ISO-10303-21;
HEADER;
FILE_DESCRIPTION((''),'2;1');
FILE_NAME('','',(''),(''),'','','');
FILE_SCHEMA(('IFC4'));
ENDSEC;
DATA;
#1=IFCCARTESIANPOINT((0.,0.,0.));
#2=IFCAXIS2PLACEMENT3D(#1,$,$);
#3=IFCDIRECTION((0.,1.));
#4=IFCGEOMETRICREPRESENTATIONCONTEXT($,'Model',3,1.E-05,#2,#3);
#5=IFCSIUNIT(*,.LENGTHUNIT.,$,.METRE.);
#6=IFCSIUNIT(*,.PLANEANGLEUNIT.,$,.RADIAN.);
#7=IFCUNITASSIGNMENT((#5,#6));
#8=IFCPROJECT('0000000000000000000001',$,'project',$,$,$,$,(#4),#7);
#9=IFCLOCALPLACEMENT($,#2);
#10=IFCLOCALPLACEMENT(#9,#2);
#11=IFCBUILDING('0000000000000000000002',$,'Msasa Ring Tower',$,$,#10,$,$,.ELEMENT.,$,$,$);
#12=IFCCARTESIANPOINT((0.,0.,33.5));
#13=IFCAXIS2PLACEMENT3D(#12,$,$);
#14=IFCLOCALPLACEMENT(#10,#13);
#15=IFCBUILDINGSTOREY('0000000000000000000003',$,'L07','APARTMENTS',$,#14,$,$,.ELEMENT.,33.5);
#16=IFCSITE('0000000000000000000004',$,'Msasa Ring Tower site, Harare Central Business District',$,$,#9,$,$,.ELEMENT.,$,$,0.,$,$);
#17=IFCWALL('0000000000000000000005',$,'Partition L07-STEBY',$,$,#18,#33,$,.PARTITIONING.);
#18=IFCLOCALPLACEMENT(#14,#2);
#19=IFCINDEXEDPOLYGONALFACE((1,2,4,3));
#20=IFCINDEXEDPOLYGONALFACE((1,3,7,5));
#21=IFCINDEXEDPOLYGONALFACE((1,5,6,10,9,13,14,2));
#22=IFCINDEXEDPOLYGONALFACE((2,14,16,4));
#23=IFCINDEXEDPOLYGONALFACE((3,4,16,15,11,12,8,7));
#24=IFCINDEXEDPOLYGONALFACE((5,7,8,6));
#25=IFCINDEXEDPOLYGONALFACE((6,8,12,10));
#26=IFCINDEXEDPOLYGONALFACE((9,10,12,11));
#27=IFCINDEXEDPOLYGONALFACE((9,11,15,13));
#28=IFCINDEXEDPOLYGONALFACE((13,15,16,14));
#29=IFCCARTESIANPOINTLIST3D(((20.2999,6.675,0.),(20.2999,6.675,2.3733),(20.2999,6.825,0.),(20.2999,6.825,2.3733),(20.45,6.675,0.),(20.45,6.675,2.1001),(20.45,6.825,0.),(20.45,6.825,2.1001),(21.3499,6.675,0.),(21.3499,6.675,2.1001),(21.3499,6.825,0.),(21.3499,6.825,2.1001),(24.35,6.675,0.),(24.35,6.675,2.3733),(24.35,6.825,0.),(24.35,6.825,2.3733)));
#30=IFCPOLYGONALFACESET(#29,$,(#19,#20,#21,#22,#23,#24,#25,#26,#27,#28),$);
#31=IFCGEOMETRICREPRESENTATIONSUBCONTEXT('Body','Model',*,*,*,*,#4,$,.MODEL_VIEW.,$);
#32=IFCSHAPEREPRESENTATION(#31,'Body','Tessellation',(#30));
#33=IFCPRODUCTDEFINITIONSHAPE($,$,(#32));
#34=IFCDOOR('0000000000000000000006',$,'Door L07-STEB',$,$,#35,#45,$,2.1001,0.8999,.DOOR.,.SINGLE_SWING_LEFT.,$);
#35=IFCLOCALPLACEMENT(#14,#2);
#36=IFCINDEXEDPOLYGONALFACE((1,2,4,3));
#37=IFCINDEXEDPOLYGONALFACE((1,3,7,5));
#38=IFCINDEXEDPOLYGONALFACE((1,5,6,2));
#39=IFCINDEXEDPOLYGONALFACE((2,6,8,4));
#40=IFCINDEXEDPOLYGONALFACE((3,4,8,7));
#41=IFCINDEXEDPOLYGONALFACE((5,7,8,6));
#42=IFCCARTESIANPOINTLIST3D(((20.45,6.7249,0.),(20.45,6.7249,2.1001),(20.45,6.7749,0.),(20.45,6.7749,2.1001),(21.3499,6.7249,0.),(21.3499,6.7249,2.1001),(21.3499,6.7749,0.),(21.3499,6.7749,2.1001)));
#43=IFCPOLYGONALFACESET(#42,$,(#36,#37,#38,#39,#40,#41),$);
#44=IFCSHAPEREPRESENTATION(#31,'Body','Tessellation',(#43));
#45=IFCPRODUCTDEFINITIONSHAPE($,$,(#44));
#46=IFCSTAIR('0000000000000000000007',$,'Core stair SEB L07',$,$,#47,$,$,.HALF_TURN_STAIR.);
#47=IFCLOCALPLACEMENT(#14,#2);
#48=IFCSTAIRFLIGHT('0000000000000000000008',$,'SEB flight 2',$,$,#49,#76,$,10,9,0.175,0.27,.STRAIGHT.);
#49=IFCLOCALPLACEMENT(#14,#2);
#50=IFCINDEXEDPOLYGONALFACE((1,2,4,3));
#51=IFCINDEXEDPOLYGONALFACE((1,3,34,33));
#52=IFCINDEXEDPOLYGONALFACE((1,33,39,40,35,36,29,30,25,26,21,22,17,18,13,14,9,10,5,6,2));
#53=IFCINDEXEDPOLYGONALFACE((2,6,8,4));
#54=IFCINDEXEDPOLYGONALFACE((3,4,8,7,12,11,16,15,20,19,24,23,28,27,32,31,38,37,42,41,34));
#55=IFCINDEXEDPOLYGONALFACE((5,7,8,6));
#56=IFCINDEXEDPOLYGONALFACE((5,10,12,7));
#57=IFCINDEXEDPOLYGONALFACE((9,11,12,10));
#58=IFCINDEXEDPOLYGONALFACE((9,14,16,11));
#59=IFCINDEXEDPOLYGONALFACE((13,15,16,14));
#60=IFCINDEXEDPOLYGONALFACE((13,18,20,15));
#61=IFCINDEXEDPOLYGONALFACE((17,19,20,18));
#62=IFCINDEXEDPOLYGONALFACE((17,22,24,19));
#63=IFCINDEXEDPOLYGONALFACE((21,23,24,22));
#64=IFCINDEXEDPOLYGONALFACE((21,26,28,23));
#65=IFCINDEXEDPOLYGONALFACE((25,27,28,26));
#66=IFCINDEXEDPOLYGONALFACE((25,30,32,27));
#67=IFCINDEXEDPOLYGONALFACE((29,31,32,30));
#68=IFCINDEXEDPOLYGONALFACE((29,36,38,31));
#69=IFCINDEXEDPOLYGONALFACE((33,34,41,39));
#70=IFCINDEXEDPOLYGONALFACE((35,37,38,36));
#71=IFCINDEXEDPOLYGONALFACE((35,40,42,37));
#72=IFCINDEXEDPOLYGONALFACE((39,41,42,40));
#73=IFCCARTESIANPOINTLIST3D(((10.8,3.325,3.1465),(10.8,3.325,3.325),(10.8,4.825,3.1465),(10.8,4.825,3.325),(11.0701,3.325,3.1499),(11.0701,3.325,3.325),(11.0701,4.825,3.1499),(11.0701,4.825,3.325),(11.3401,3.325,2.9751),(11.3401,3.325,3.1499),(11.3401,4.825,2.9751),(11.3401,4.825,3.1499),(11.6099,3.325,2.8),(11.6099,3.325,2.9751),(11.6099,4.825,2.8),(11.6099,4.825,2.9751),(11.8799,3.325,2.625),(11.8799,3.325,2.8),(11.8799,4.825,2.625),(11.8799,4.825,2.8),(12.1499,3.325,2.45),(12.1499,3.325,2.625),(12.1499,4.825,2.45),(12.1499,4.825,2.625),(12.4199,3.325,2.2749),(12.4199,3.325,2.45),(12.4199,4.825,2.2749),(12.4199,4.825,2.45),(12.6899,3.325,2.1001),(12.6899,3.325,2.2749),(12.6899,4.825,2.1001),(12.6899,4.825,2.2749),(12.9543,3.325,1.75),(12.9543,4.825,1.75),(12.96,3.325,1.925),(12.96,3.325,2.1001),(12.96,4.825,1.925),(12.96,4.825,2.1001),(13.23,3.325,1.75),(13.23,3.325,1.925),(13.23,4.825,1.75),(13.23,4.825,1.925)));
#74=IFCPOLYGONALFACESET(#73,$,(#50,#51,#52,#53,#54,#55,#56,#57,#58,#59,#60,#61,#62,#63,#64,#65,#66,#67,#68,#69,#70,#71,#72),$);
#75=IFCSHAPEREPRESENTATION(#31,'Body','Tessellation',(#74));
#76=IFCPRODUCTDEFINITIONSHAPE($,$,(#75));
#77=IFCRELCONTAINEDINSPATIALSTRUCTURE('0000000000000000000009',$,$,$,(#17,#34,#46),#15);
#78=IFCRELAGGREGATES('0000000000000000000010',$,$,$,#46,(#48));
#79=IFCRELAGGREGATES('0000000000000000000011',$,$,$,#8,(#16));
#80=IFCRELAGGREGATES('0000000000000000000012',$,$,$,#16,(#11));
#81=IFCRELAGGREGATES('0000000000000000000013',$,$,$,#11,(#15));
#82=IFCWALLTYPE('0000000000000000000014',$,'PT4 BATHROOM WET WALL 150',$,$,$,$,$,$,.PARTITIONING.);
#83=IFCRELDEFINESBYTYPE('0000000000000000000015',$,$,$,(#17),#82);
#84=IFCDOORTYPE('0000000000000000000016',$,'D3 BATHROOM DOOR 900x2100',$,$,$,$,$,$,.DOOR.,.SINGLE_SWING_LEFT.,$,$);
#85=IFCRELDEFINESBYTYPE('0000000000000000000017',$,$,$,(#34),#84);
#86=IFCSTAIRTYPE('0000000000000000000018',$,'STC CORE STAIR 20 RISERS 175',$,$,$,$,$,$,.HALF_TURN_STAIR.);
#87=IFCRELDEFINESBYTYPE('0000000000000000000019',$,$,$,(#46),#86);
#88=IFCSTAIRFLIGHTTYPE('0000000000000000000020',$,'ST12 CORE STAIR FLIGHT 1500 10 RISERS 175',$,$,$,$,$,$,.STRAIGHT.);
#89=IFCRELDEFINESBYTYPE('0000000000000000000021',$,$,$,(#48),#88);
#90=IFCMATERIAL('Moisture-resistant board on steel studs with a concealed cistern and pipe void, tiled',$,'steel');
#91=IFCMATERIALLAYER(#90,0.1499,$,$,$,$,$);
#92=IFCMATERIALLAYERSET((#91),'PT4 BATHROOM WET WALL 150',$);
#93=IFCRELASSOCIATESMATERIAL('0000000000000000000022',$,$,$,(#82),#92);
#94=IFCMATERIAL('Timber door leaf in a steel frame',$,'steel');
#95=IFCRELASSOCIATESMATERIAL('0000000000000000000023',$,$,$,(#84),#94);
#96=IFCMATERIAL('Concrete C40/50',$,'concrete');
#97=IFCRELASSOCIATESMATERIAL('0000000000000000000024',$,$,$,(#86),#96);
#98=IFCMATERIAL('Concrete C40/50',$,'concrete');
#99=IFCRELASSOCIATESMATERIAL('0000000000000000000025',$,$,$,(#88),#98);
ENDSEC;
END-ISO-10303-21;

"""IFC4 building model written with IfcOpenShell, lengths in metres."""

from ifc_helpers import new_model, si_unit, direction, frame, frame_2d, origin, place, context, subcontext, project, spatial, polyline, rectangle, outline, extrude, material, layer, layer_set, type_object, element, fill, aggregate, save


model = new_model("IFC4")

# Units and contexts
model_context = context("Model", 3, precision=1e-05, world=origin(), true_north=direction((0.0, 1.0)))
body_context = subcontext(model_context, "Body", "Model", "MODEL_VIEW")
ifc_project = project(units=[si_unit("LENGTHUNIT", "METRE"), si_unit("PLANEANGLEUNIT", "RADIAN")], contexts=[model_context])

# Site, building, storey
site_placement = place(None, origin())
site = spatial("IfcSite", under=ifc_project, at=site_placement, Name="Msasa Ring Tower site, Harare Central Business District", CompositionType="ELEMENT", RefElevation=0.0)
building_placement = place(site_placement, origin())
building = spatial("IfcBuilding", under=site, at=building_placement, Name="Msasa Ring Tower", CompositionType="ELEMENT")
storey_placement = place(building_placement, frame((0.0, 0.0, 33.5)))
storey = spatial("IfcBuildingStorey", under=building, at=storey_placement, Name="L07", Description="APARTMENTS", CompositionType="ELEMENT", Elevation=33.5)

# Wall, opening, door
ifc_material_1 = material(Name="Moisture-resistant board on steel studs with a concealed cistern and pipe void, tiled", Category="steel")
ifc_layer_1 = layer(ifc_material_1, 0.1499)
ifc_layer_set_1 = layer_set([ifc_layer_1], Name="PT4 BATHROOM WET WALL 150")
wall_type_1 = type_object("IfcWallType", Name="PT4 BATHROOM WET WALL 150", PredefinedType="PARTITIONING", material=ifc_layer_set_1)
ifc_material_2 = material(Name="Timber door leaf in a steel frame", Category="steel")
door_type = type_object("IfcDoorType", Name="D3 BATHROOM DOOR 900x2100", OperationType="SINGLE_SWING_LEFT", PredefinedType="DOOR", material=ifc_material_2)
wall_1_placement = place(storey_placement, frame((20.3, 6.75, 0.0), z_axis=(0.0, 0.0, 1.0), x_axis=(1.0, 0.0, 0.0)))
wall_1 = element("IfcWall", 1, at=wall_1_placement, inside=storey, type_object=wall_type_1, Name="Partition L07-STEBY", PredefinedType="PARTITIONING", context=body_context, shape_type="SweptSolid", body=[
    extrude(rectangle(XDim=4.05, YDim=0.1499, at=frame_2d((2.0249, 0.0))), origin(), (0.0, 0.0, 1.0), 2.3733),
])
opening_1_placement = place(wall_1_placement, frame((0.1499, 0.0, 0.0)))
opening_1 = element("IfcOpeningElement", 2, at=opening_1_placement, cuts=wall_1, PredefinedType="OPENING", context=body_context, shape_type="SweptSolid", body=[
    extrude(rectangle(XDim=0.8999, YDim=2.1001, at=frame_2d((0.45, 1.05))), frame((0.0, 0.085, 0.0), z_axis=(0.0, -1.0, 0.0), x_axis=(1.0, 0.0, 0.0)), (0.0, 0.0, 1.0), 0.1699),
])
door_1_placement = place(opening_1_placement, origin())
door_1 = element("IfcDoor", 3, at=door_1_placement, inside=storey, type_object=door_type, Name="Door L07-STEB", OperationType="SINGLE_SWING_LEFT", OverallHeight=2.1001, OverallWidth=0.8999, PredefinedType="DOOR", context=body_context, shape_type="SweptSolid", body=[
    extrude(rectangle(XDim=0.8999, YDim=2.1001, at=frame_2d((0.45, 1.05))), frame((0.0, 0.0249, 0.0), z_axis=(0.0, -1.0, 0.0), x_axis=(1.0, 0.0, 0.0)), (0.0, 0.0, 1.0), 0.05),
])
fill(opening_1, door_1)

# Stair, stair flight
ifc_material_3 = material(Name="Concrete C40/50", Category="concrete")
stair_type = type_object("IfcStairType", Name="STC CORE STAIR 20 RISERS 175", PredefinedType="HALF_TURN_STAIR", material=ifc_material_3)
stair_placement = place(storey_placement, origin())
stair = element("IfcStair", 4, at=stair_placement, inside=storey, type_object=stair_type, Name="Core stair SEB L07", PredefinedType="HALF_TURN_STAIR")
ifc_material_4 = material(Name="Concrete C40/50", Category="concrete")
stair_flight_type = type_object("IfcStairFlightType", Name="ST12 CORE STAIR FLIGHT 1500 10 RISERS 175", PredefinedType="STRAIGHT", material=ifc_material_4)
stair_flight_placement = place(storey_placement, frame((13.23, 4.075, 1.75), z_axis=(0.0, 0.0, 1.0), x_axis=(-1.0, 0.0, 0.0)))
stair_flight = element("IfcStairFlight", 5, at=stair_flight_placement, type_object=stair_flight_type, Name="SEB flight 2", NumberOfRisers=10, NumberOfTreads=9, PredefinedType="STRAIGHT", RiserHeight=0.175, TreadLength=0.27, context=body_context, shape_type="SweptSolid", body=[
    extrude(outline(polyline([(0.0, 0.0), (0.0, 0.175), (0.27, 0.175), (0.27, 0.3501), (0.54, 0.3501), (0.54, 0.5249), (0.8101, 0.5249), (0.8101, 0.7), (1.0801, 0.7), (1.0801, 0.875), (1.3501, 0.875), (1.3501, 1.05), (1.6201, 1.05), (1.6201, 1.2251), (1.8899, 1.2251), (1.8899, 1.3999), (2.1599, 1.3999), (2.1599, 1.575), (2.4299, 1.575), (2.4299, 1.75), (2.4299, 1.3965), (0.2756, 0.0), (0.0, 0.0)])), frame((0.0, 0.75, 0.0), z_axis=(0.0, -1.0, 0.0), x_axis=(1.0, 0.0, 0.0)), (0.0, 0.0, 1.0), 1.5),
])
aggregate(stair, [stair_flight])

save(model, "model.ifc")
